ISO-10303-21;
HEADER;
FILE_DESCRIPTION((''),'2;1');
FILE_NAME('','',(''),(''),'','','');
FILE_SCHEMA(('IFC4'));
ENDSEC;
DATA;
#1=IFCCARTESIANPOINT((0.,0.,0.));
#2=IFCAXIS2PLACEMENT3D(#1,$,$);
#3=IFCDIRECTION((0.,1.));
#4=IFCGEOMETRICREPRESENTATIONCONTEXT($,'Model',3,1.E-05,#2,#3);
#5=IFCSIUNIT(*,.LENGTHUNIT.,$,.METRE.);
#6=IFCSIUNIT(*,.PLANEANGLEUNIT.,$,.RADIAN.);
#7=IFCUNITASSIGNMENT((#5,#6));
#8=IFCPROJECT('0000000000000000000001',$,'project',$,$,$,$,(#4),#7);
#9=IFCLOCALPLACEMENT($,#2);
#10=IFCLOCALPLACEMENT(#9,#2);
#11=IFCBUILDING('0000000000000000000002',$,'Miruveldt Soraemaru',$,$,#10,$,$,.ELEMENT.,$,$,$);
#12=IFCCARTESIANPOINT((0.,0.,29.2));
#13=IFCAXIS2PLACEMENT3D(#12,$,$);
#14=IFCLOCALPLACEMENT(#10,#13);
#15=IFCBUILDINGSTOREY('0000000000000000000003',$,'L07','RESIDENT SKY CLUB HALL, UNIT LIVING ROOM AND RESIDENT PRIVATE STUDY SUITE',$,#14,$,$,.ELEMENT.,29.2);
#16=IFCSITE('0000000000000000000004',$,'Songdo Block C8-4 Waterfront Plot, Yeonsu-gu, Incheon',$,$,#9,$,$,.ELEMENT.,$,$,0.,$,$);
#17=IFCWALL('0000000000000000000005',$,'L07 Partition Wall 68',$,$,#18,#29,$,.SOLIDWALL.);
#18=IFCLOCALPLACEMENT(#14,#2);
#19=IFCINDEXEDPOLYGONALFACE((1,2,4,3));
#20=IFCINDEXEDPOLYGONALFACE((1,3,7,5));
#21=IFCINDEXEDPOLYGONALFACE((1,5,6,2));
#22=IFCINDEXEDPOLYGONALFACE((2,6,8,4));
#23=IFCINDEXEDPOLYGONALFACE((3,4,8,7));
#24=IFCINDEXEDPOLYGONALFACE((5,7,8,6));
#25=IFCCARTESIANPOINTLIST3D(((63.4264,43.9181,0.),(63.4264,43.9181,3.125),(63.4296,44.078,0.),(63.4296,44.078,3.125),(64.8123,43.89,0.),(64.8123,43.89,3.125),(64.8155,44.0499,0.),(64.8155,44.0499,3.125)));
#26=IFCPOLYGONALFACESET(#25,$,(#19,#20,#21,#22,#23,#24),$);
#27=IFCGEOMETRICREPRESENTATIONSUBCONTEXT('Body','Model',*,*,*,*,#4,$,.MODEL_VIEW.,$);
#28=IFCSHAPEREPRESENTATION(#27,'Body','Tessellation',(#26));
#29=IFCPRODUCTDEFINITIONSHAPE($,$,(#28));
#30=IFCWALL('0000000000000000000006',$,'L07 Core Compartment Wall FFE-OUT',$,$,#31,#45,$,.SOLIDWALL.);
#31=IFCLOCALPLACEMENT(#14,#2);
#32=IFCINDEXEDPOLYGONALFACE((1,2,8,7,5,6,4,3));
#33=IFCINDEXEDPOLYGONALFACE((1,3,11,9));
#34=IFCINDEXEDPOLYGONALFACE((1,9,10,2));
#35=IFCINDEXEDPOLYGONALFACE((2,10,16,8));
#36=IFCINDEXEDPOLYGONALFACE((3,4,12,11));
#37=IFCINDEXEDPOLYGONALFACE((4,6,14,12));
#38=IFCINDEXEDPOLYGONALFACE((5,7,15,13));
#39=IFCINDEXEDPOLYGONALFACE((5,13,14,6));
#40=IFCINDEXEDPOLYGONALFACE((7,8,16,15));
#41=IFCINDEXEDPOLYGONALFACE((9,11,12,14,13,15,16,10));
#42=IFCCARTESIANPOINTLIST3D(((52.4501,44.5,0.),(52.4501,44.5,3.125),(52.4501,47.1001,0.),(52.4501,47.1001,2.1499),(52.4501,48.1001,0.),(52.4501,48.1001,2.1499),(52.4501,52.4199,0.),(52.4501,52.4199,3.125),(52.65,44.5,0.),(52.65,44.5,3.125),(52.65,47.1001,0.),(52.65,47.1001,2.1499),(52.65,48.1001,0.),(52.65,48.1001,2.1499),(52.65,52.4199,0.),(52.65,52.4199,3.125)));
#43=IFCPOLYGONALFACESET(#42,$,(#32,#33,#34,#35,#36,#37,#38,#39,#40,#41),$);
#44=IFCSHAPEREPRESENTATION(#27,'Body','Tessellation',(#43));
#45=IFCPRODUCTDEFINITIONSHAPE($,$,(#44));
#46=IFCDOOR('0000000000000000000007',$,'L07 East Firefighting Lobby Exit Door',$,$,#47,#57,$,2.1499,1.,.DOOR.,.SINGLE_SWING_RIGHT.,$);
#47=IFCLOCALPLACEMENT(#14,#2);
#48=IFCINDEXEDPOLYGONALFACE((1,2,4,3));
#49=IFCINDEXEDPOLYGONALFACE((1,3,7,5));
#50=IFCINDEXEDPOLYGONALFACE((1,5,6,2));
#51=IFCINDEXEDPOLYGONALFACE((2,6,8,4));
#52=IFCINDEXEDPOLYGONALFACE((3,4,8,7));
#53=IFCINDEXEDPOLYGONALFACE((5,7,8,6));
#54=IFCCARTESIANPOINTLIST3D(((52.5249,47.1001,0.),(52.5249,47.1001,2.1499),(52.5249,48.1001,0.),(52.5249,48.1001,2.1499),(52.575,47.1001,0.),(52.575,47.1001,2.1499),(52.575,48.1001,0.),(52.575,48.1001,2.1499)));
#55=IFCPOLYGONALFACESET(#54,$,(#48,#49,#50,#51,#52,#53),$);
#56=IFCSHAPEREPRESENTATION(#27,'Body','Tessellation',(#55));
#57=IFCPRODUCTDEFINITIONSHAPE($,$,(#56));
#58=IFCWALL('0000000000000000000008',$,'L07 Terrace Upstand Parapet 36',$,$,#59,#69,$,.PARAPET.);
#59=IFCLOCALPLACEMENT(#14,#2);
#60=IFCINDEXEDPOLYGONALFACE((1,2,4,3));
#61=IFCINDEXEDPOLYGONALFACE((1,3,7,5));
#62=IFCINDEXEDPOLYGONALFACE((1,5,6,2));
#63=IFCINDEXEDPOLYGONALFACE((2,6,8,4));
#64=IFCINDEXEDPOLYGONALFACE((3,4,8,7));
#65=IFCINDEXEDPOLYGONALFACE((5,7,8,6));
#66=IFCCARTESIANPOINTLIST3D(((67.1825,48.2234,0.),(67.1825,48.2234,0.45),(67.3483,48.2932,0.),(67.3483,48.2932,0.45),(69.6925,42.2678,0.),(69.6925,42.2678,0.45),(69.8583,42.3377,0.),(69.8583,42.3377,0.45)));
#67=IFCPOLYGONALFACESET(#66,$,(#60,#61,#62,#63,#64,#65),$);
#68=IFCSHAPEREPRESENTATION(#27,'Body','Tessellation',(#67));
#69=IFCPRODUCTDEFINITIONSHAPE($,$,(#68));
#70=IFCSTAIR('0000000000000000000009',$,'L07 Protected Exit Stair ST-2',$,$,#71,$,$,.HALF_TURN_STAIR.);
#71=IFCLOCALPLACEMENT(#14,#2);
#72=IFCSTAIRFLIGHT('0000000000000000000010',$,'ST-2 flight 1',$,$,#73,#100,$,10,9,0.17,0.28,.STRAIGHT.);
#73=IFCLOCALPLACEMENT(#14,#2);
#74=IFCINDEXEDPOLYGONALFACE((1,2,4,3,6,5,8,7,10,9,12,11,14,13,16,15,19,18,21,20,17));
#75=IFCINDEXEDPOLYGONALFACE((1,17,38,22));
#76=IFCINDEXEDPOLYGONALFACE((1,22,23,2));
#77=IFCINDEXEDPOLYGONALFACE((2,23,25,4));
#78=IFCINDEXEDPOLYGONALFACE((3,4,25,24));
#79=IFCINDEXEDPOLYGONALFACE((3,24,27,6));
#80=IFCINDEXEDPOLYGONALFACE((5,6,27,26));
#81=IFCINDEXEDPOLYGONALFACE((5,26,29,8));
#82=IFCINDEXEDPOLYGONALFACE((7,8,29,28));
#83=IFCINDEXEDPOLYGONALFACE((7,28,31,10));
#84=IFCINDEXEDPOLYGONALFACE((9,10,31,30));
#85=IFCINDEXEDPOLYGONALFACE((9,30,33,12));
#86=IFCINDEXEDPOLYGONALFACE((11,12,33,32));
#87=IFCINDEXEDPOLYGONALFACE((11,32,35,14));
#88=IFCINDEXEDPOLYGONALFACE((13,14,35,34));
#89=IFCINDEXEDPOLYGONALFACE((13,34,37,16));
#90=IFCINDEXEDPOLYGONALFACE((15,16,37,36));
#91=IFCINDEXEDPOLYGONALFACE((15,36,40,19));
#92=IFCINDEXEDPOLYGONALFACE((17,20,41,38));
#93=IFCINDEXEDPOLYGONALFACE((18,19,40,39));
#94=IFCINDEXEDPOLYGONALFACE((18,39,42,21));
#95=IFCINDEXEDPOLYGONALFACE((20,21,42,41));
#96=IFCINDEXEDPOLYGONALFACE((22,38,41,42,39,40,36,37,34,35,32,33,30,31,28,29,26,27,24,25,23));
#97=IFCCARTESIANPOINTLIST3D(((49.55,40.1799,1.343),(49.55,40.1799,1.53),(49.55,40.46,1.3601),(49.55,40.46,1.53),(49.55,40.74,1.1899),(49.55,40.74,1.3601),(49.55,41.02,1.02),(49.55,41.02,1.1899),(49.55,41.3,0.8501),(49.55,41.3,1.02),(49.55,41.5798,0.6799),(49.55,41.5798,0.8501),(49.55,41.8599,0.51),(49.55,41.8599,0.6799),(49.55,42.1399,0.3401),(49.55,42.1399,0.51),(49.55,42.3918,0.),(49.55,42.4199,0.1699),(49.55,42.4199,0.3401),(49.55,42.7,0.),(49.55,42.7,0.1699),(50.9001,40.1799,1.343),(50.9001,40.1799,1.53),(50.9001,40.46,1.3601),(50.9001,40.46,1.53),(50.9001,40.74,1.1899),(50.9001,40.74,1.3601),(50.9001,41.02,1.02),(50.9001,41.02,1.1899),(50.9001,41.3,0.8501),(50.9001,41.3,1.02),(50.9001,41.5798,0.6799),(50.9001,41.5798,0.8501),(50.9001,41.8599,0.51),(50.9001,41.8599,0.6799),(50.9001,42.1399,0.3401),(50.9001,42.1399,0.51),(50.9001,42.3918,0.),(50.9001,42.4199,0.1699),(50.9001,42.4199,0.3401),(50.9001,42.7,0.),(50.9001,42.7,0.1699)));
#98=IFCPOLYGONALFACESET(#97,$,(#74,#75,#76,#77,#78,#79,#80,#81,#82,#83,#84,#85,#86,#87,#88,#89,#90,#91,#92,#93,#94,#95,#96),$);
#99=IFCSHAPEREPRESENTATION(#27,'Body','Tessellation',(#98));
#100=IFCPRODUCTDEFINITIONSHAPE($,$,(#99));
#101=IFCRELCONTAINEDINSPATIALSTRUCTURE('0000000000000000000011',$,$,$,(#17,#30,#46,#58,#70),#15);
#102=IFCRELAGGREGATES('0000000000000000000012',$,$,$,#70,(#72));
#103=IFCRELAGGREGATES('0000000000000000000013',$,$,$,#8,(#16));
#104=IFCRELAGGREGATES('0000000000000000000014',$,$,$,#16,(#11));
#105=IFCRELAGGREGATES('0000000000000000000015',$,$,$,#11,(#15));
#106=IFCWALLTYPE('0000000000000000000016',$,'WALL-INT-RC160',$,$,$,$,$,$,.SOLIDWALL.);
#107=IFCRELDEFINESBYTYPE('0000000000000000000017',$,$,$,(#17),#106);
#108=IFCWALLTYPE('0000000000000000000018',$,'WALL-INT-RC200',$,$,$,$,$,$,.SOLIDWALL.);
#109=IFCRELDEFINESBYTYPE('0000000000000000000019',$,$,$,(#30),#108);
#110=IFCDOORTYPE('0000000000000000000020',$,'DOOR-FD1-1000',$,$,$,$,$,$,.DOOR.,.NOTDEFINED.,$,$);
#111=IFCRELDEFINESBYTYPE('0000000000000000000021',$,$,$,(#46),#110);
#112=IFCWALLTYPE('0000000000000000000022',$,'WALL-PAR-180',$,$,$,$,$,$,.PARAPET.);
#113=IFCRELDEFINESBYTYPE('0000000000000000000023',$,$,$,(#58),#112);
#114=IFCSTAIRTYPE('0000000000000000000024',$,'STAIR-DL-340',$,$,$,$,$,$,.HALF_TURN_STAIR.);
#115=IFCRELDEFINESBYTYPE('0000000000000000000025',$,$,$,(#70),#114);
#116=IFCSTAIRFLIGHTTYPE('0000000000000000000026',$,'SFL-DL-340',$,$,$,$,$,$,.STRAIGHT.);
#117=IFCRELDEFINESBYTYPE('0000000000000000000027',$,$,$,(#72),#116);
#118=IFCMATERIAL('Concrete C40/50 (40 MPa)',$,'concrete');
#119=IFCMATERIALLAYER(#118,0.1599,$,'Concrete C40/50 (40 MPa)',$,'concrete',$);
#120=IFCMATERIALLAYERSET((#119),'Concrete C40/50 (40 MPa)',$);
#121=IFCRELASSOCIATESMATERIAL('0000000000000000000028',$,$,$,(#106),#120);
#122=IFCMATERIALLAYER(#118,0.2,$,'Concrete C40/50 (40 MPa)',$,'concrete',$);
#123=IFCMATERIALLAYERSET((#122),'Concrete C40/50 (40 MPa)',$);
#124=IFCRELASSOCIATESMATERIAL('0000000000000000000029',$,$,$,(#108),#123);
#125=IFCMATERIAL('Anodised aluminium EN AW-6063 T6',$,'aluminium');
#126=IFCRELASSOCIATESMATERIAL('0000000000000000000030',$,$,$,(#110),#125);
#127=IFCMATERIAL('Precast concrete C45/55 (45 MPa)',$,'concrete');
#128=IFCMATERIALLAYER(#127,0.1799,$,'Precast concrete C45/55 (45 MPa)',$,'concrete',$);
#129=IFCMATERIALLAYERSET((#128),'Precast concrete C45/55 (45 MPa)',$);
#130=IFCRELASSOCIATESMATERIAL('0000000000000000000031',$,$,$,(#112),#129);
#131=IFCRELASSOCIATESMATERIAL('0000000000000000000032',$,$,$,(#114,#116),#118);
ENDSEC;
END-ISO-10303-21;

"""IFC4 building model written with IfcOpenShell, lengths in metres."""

from ifc_helpers import new_model, si_unit, direction, frame, frame_2d, origin, place, context, subcontext, project, spatial, polyline, rectangle, outline, extrude, material, layer, layer_set, type_object, element, fill, aggregate, save


model = new_model("IFC4")

# Units and contexts
model_context = context("Model", 3, precision=1e-05, world=origin(), true_north=direction((0.0, 1.0)))
body_context = subcontext(model_context, "Body", "Model", "MODEL_VIEW")
ifc_project = project(units=[si_unit("LENGTHUNIT", "METRE"), si_unit("PLANEANGLEUNIT", "RADIAN")], contexts=[model_context])

# Site, building, storey
site_placement = place(None, origin())
site = spatial("IfcSite", under=ifc_project, at=site_placement, Name="Songdo Block C8-4 Waterfront Plot, Yeonsu-gu, Incheon", CompositionType="ELEMENT", RefElevation=0.0)
building_placement = place(site_placement, origin())
building = spatial("IfcBuilding", under=site, at=building_placement, Name="Miruveldt Soraemaru", CompositionType="ELEMENT")
storey_placement = place(building_placement, frame((0.0, 0.0, 29.2)))
storey = spatial("IfcBuildingStorey", under=building, at=storey_placement, Name="L07", Description="RESIDENT SKY CLUB HALL, UNIT LIVING ROOM AND RESIDENT PRIVATE STUDY SUITE", CompositionType="ELEMENT", Elevation=29.2)

# Shared definitions
ifc_material_1 = material(Name="Precast concrete C45/55 (45 MPa)", Category="concrete")

# Shared definitions
ifc_material_2 = material(Name="Anodised aluminium EN AW-6063 T6", Category="aluminium")

# Shared definitions
ifc_material_3 = material(Name="Concrete C40/50 (40 MPa)", Category="concrete")
ifc_layer_1 = layer(ifc_material_3, 0.1599, Name="Concrete C40/50 (40 MPa)", Category="concrete")
ifc_layer_set_1 = layer_set([ifc_layer_1], Name="Concrete C40/50 (40 MPa)")
wall_type_1 = type_object("IfcWallType", Name="WALL-INT-RC160", PredefinedType="SOLIDWALL", material=ifc_layer_set_1)

# Wall
wall_1_placement = place(storey_placement, frame((63.428, 43.998, 0.0), z_axis=(0.0, 0.0, 1.0), x_axis=(0.999795, -0.020253, 0.0)))
element("IfcWall", 1, at=wall_1_placement, inside=storey, type_object=wall_type_1, Name="L07 Partition Wall 68", PredefinedType="SOLIDWALL", context=body_context, shape_type="SweptSolid", body=[
    extrude(rectangle(XDim=1.3862, YDim=0.1599, at=frame_2d((0.6931, 0.0))), origin(), (0.0, 0.0, 1.0), 3.125),
])

# Wall, opening, door
ifc_layer_2 = layer(ifc_material_3, 0.2, Name="Concrete C40/50 (40 MPa)", Category="concrete")
ifc_layer_set_2 = layer_set([ifc_layer_2], Name="Concrete C40/50 (40 MPa)")
wall_type_2 = type_object("IfcWallType", Name="WALL-INT-RC200", PredefinedType="SOLIDWALL", material=ifc_layer_set_2)
wall_2_placement = place(storey_placement, frame((52.55, 44.5, 0.0), z_axis=(0.0, 0.0, 1.0), x_axis=(0.0, 1.0, 0.0)))
wall_2 = element("IfcWall", 2, at=wall_2_placement, inside=storey, type_object=wall_type_2, Name="L07 Core Compartment Wall FFE-OUT", PredefinedType="SOLIDWALL", context=body_context, shape_type="SweptSolid", body=[
    extrude(rectangle(XDim=7.9199, YDim=0.2, at=frame_2d((3.96, 0.0))), origin(), (0.0, 0.0, 1.0), 3.125),
])
opening_1_placement = place(wall_2_placement, frame((2.6001, 0.0, 0.0)))
opening_1 = element("IfcOpeningElement", 3, at=opening_1_placement, cuts=wall_2, PredefinedType="OPENING", context=body_context, shape_type="SweptSolid", body=[
    extrude(rectangle(XDim=1.0, YDim=2.1499, at=frame_2d((0.5, 1.075))), frame((0.0, 0.1099, 0.0), z_axis=(0.0, -1.0, 0.0), x_axis=(1.0, 0.0, 0.0)), (0.0, 0.0, 1.0), 0.22),
])
door_type_1 = type_object("IfcDoorType", Name="DOOR-FD1-1000", OperationType="NOTDEFINED", PredefinedType="DOOR", material=ifc_material_2)
door_1_placement = place(opening_1_placement, frame((1.0, 0.0, 0.0), z_axis=(0.0, 0.0, 1.0), x_axis=(-1.0, 0.0, 0.0)))
door_1 = element("IfcDoor", 4, at=door_1_placement, inside=storey, type_object=door_type_1, Name="L07 East Firefighting Lobby Exit Door", OperationType="SINGLE_SWING_RIGHT", OverallHeight=2.1499, OverallWidth=1.0, PredefinedType="DOOR", context=body_context, shape_type="SweptSolid", body=[
    extrude(rectangle(XDim=1.0, YDim=2.1499, at=frame_2d((0.5, 1.075))), frame((0.0, 0.0249, 0.0), z_axis=(0.0, -1.0, 0.0), x_axis=(1.0, 0.0, 0.0)), (0.0, 0.0, 1.0), 0.05),
])
fill(opening_1, door_1)

# Wall
ifc_layer_3 = layer(ifc_material_1, 0.1799, Name="Precast concrete C45/55 (45 MPa)", Category="concrete")
ifc_layer_set_3 = layer_set([ifc_layer_3], Name="Precast concrete C45/55 (45 MPa)")
wall_type_3 = type_object("IfcWallType", Name="WALL-PAR-180", PredefinedType="PARAPET", material=ifc_layer_set_3)
wall_3_placement = place(storey_placement, frame((69.7754, 42.3027, 0.0), z_axis=(0.0, 0.0, 1.0), x_axis=(-0.388373, 0.921502, 0.0)))
element("IfcWall", 5, at=wall_3_placement, inside=storey, type_object=wall_type_3, Name="L07 Terrace Upstand Parapet 36", PredefinedType="PARAPET", context=body_context, shape_type="SweptSolid", body=[
    extrude(rectangle(XDim=6.4629, YDim=0.1799, at=frame_2d((3.2314, 0.0))), origin(), (0.0, 0.0, 1.0), 0.45),
])

# Stair, stair flight
stair_type = type_object("IfcStairType", Name="STAIR-DL-340", PredefinedType="HALF_TURN_STAIR", material=ifc_material_3)
stair_placement = place(storey_placement, origin())
stair = element("IfcStair", 6, at=stair_placement, inside=storey, type_object=stair_type, Name="L07 Protected Exit Stair ST-2", PredefinedType="HALF_TURN_STAIR")
stair_flight_type = type_object("IfcStairFlightType", Name="SFL-DL-340", PredefinedType="STRAIGHT", material=ifc_material_3)
stair_flight_placement = place(storey_placement, frame((50.2251, 42.7, 0.0), z_axis=(0.0, 0.0, 1.0), x_axis=(0.0, -1.0, 0.0)))
stair_flight = element("IfcStairFlight", 7, at=stair_flight_placement, type_object=stair_flight_type, Name="ST-2 flight 1", NumberOfRisers=10, NumberOfTreads=9, PredefinedType="STRAIGHT", RiserHeight=0.17, TreadLength=0.28, context=body_context, shape_type="SweptSolid", body=[
    extrude(outline(polyline([(0.0, 0.0), (0.0, 0.1699), (0.28, 0.1699), (0.28, 0.3401), (0.5601, 0.3401), (0.5601, 0.51), (0.8401, 0.51), (0.8401, 0.6799), (1.1201, 0.6799), (1.1201, 0.8501), (1.3999, 0.8501), (1.3999, 1.02), (1.6799, 1.02), (1.6799, 1.1899), (1.96, 1.1899), (1.96, 1.3601), (2.24, 1.3601), (2.24, 1.53), (2.52, 1.53), (2.52, 1.7), (2.52, 1.343), (0.3081, 0.0), (0.0, 0.0)])), frame((0.0, 0.675, 0.0), z_axis=(0.0, -1.0, 0.0), x_axis=(1.0, 0.0, 0.0)), (0.0, 0.0, 1.0), 1.3501),
])
aggregate(stair, [stair_flight])

save(model, "model.ifc")
